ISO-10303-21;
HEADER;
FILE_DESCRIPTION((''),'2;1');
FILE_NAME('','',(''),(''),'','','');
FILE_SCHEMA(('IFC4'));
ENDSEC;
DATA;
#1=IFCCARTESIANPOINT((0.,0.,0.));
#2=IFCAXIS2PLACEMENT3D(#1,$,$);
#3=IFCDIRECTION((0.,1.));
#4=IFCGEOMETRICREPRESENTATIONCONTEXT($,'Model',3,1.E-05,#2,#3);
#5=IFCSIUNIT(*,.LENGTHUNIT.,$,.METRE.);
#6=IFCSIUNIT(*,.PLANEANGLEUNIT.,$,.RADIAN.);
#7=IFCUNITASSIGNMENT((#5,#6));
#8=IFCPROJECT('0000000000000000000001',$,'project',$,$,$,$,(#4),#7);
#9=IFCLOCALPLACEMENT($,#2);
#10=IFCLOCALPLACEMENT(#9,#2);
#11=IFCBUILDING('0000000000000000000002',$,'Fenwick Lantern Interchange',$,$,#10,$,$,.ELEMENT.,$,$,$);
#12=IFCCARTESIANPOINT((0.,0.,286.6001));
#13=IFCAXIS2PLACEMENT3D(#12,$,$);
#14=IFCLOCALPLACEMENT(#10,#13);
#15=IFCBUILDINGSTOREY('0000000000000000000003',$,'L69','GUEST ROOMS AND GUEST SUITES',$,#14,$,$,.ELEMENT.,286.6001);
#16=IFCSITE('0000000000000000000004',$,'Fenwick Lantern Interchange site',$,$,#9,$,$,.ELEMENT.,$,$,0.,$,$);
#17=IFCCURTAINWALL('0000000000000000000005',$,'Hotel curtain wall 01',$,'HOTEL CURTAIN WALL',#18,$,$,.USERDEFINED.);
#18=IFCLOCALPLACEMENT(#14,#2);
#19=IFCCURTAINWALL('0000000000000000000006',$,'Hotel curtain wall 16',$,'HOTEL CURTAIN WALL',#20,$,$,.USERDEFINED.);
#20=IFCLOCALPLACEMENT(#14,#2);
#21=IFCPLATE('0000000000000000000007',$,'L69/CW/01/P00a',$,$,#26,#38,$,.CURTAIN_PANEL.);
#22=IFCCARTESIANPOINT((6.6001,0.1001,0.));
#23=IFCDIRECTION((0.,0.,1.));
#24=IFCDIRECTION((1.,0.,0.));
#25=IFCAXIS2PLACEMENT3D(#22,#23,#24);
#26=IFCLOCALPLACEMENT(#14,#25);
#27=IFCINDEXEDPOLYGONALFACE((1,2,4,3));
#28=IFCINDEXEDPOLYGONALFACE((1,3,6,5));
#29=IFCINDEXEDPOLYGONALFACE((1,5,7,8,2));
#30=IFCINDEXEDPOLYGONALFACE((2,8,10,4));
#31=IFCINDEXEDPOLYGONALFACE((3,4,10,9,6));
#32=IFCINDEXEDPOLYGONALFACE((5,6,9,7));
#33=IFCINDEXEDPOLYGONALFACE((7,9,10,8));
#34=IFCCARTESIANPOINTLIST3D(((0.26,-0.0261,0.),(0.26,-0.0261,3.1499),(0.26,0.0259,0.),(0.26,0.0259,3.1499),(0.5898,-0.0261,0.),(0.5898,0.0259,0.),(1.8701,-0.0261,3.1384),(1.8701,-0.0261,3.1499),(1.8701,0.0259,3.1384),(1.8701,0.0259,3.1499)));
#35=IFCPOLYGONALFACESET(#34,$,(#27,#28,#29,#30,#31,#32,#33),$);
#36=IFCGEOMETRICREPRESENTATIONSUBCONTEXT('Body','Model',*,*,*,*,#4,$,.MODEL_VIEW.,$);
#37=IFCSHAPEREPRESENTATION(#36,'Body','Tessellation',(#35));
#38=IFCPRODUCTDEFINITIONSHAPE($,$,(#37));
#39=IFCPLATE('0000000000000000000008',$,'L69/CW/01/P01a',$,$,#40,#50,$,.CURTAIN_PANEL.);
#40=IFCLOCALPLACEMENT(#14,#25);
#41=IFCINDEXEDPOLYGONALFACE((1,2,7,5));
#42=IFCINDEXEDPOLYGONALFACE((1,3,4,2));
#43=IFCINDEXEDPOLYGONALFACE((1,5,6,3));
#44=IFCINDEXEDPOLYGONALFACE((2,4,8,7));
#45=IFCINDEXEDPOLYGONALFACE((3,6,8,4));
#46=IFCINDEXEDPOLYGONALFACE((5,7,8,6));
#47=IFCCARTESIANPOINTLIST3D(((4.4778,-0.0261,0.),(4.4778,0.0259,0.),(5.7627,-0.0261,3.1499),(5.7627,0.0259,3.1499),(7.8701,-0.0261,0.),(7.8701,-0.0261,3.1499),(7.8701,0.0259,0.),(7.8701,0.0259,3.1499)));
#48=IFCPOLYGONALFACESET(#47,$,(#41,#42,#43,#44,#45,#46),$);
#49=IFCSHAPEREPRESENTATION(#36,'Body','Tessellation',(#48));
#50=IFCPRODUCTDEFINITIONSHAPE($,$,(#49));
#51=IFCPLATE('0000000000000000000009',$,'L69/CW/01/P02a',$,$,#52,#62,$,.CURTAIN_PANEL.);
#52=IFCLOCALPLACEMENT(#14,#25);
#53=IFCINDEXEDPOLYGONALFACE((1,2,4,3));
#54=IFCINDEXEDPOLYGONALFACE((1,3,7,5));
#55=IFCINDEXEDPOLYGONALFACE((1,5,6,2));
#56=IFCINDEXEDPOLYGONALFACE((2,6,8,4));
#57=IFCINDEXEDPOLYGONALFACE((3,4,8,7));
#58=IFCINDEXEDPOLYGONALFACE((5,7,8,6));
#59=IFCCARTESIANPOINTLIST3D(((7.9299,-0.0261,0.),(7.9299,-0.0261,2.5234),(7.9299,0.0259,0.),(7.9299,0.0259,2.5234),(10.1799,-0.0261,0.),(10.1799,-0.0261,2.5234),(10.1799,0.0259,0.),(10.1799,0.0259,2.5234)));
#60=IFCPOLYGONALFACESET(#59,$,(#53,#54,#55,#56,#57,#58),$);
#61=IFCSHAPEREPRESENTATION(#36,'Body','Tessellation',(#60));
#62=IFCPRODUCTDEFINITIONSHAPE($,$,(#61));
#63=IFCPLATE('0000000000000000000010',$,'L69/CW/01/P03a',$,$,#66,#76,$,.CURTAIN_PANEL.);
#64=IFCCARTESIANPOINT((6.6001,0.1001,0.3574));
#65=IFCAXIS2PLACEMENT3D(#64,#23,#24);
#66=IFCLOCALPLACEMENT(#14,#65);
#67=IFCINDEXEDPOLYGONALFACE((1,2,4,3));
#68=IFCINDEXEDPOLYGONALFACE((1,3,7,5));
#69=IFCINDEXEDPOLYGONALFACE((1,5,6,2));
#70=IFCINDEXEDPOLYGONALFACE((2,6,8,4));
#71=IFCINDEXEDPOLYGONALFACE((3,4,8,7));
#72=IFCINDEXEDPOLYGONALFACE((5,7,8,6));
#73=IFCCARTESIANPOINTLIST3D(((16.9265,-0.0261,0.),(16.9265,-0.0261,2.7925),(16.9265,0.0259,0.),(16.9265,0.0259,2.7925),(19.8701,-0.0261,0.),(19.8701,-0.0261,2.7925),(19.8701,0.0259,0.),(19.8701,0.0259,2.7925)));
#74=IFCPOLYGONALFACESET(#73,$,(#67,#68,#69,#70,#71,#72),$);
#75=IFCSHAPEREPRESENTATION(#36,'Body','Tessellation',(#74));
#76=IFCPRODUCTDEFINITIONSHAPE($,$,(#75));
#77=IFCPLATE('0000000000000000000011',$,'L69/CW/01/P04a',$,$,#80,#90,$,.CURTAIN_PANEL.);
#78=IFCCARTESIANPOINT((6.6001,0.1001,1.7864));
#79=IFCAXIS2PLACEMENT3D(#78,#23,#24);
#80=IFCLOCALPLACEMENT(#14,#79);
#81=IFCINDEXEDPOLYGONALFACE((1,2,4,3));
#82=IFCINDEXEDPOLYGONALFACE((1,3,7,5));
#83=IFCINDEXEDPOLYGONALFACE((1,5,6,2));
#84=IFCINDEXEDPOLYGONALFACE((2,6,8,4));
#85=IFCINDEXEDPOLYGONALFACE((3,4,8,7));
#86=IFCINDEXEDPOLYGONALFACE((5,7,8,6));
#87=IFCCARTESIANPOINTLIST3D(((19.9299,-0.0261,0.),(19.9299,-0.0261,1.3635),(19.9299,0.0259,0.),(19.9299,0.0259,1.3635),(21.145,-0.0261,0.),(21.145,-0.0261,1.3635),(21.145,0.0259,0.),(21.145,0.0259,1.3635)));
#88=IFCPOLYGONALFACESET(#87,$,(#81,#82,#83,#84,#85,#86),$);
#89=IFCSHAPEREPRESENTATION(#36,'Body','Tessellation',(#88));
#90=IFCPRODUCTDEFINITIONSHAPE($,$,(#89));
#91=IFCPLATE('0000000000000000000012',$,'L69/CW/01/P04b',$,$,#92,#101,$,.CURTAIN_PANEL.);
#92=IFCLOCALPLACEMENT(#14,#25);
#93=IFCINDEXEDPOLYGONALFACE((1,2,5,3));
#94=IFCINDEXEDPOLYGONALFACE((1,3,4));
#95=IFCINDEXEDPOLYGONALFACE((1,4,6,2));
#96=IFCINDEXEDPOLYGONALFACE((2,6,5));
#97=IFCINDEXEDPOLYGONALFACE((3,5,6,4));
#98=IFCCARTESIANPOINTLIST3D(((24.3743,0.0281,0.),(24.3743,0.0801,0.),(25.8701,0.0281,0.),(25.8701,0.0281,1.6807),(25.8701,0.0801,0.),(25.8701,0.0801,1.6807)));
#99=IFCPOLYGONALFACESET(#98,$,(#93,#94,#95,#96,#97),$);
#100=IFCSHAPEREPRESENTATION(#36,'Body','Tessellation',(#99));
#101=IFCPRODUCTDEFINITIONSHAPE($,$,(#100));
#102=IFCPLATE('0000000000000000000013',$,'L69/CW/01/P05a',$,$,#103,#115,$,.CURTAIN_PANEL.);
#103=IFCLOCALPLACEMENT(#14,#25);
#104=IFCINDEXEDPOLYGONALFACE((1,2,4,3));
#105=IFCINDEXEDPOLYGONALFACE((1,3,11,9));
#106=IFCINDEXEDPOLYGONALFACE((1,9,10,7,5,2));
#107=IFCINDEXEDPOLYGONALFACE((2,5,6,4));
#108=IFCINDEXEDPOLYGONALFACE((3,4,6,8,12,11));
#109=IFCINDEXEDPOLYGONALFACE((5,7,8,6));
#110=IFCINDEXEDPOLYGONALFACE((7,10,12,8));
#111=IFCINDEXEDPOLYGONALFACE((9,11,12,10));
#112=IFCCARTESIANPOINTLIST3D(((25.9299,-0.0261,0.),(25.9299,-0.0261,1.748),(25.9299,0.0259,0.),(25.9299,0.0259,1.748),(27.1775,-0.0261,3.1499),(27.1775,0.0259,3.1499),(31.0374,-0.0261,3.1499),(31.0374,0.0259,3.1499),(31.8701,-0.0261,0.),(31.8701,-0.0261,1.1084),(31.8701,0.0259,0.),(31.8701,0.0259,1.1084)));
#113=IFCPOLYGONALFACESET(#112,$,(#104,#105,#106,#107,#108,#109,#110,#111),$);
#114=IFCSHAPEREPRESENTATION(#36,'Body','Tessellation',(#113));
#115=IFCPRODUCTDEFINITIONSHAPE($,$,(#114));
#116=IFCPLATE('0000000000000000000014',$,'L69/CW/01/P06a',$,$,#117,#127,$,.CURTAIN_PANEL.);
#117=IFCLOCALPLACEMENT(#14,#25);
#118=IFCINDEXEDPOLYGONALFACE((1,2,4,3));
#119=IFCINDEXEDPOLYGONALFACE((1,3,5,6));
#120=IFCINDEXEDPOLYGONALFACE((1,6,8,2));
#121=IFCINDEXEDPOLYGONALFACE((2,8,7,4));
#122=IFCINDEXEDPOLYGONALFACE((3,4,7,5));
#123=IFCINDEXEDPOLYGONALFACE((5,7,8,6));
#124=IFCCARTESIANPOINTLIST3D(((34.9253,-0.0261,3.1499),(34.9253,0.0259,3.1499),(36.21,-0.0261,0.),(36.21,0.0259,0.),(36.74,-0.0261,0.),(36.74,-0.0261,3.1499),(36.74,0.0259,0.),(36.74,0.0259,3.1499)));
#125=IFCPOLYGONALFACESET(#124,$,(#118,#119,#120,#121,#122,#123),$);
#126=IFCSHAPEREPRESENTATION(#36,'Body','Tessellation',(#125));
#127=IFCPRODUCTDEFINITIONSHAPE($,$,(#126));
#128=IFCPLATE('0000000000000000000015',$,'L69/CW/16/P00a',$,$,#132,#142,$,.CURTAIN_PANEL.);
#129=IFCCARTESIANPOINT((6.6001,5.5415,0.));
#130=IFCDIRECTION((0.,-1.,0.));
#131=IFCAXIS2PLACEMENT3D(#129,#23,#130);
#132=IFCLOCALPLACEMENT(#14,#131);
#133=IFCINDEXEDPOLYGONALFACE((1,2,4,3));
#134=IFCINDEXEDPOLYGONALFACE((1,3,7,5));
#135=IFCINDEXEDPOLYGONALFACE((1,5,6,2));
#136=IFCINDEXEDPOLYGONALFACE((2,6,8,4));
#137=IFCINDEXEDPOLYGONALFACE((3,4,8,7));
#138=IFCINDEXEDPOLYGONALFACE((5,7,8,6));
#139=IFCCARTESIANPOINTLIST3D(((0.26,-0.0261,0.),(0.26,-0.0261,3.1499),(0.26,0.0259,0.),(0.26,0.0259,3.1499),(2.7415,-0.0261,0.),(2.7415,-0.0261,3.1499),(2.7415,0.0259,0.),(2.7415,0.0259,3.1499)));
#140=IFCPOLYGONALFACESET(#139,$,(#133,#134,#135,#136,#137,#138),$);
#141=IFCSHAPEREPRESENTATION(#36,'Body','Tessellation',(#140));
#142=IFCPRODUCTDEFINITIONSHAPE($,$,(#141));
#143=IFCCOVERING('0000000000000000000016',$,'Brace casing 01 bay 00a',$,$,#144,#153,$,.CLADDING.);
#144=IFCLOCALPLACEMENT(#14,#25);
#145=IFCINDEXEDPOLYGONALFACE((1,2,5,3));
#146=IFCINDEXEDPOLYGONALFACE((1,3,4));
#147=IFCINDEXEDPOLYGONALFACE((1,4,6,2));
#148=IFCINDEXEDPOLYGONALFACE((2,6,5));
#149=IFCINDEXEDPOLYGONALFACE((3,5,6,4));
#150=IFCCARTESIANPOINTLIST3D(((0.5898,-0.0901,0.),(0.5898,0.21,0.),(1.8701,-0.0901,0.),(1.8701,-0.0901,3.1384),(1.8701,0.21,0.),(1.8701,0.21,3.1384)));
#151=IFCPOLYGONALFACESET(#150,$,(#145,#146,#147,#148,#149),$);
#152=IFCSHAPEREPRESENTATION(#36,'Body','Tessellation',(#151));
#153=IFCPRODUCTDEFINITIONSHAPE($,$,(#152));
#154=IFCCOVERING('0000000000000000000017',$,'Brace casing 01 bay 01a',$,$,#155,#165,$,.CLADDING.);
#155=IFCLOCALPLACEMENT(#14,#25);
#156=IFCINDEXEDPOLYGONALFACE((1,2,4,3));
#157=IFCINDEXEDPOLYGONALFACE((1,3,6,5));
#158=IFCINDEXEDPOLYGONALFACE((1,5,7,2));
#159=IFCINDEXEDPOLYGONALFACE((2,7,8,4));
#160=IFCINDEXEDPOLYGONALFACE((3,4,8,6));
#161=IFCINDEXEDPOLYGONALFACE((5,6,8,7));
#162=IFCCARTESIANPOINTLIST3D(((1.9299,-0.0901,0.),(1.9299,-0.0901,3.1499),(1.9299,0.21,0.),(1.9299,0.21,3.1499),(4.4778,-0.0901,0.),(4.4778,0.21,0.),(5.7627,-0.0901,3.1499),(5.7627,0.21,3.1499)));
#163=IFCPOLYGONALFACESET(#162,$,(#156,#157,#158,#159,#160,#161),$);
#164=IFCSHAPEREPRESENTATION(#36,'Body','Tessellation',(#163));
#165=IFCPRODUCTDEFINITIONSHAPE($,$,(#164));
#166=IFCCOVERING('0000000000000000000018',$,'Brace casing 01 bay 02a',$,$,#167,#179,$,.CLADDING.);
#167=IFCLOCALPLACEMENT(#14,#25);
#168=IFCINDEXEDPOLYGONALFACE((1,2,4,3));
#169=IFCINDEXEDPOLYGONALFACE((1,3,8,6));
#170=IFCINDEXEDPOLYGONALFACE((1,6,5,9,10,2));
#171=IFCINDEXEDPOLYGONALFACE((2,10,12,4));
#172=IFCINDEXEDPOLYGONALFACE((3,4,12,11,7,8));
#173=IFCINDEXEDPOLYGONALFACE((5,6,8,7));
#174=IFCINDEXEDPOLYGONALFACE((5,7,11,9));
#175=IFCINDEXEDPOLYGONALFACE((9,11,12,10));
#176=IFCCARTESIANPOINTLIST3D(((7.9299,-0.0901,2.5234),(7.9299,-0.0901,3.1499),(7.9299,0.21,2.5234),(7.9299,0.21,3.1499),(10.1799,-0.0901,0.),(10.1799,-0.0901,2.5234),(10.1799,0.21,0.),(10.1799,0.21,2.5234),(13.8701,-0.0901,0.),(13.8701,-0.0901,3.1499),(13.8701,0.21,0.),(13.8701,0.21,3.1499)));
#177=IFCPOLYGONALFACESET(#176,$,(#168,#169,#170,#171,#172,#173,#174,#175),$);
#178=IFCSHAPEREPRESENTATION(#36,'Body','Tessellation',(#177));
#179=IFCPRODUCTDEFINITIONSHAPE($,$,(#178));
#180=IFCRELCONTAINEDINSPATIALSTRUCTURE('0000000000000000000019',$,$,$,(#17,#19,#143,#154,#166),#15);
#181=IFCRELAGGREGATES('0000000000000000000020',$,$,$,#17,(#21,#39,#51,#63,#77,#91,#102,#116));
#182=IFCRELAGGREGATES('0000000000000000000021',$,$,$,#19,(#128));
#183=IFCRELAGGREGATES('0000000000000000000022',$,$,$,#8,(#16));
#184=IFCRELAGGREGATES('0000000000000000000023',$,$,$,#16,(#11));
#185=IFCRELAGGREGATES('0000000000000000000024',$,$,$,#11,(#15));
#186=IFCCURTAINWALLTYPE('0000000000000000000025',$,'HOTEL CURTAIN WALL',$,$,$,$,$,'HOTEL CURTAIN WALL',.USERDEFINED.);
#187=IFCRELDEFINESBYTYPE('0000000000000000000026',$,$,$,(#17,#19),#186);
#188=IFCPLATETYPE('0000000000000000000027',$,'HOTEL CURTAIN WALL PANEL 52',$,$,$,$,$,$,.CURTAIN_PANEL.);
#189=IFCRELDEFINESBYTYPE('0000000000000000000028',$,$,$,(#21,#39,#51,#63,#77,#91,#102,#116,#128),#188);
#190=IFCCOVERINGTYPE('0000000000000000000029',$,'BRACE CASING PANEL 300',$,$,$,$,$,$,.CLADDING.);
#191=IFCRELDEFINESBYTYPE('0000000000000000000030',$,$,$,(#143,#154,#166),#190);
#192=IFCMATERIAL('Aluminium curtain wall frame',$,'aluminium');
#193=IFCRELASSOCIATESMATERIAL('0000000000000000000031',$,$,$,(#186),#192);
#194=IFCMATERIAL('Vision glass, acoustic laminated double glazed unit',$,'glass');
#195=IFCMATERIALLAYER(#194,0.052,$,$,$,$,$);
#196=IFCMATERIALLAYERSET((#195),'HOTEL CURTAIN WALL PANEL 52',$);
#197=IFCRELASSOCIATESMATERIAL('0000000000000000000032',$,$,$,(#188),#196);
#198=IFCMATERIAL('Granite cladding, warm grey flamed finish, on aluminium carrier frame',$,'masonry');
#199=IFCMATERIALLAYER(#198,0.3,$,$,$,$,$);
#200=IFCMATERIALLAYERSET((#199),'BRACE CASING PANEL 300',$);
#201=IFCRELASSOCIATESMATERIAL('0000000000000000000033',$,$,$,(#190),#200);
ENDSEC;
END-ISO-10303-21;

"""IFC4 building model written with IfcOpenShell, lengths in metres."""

from ifc_helpers import new_model, si_unit, direction, frame, origin, place, context, subcontext, project, spatial, polyline, outline, extrude, material, layer, layer_set, type_object, element, aggregate, save


model = new_model("IFC4")

# Units and contexts
model_context = context("Model", 3, precision=1e-05, world=origin(), true_north=direction((0.0, 1.0)))
body_context = subcontext(model_context, "Body", "Model", "MODEL_VIEW")
ifc_project = project(units=[si_unit("LENGTHUNIT", "METRE"), si_unit("PLANEANGLEUNIT", "RADIAN")], contexts=[model_context])

# Site, building, storey
site_placement = place(None, origin())
site = spatial("IfcSite", under=ifc_project, at=site_placement, Name="Fenwick Lantern Interchange site", CompositionType="ELEMENT", RefElevation=0.0)
building_placement = place(site_placement, origin())
building = spatial("IfcBuilding", under=site, at=building_placement, Name="Fenwick Lantern Interchange", CompositionType="ELEMENT")
storey_placement = place(building_placement, frame((0.0, 0.0, 286.6001)))
storey = spatial("IfcBuildingStorey", under=building, at=storey_placement, Name="L69", Description="GUEST ROOMS AND GUEST SUITES", CompositionType="ELEMENT", Elevation=286.6001)

# Curtain wall
ifc_material_1 = material(Name="Aluminium curtain wall frame", Category="aluminium")
curtain_wall_type = type_object("IfcCurtainWallType", Name="HOTEL CURTAIN WALL", ElementType="HOTEL CURTAIN WALL", PredefinedType="USERDEFINED", material=ifc_material_1)
curtain_wall_1_placement = place(storey_placement, origin())
curtain_wall_1 = element("IfcCurtainWall", 1, at=curtain_wall_1_placement, inside=storey, type_object=curtain_wall_type, Name="Hotel curtain wall 01", ObjectType="HOTEL CURTAIN WALL", PredefinedType="USERDEFINED")

# Curtain wall
curtain_wall_2_placement = place(storey_placement, origin())
curtain_wall_2 = element("IfcCurtainWall", 2, at=curtain_wall_2_placement, inside=storey, type_object=curtain_wall_type, Name="Hotel curtain wall 16", ObjectType="HOTEL CURTAIN WALL", PredefinedType="USERDEFINED")

# Plates
ifc_material_2 = material(Name="Vision glass, acoustic laminated double glazed unit", Category="glass")
ifc_layer_1 = layer(ifc_material_2, 0.052)
ifc_layer_set_1 = layer_set([ifc_layer_1], Name="HOTEL CURTAIN WALL PANEL 52")
plate_type = type_object("IfcPlateType", Name="HOTEL CURTAIN WALL PANEL 52", PredefinedType="CURTAIN_PANEL", material=ifc_layer_set_1)
plate_1_placement = place(storey_placement, frame((6.6001, 0.1001, 0.0), z_axis=(0.0, 0.0, 1.0), x_axis=(1.0, 0.0, 0.0)))
plate_1 = element("IfcPlate", 3, at=plate_1_placement, type_object=plate_type, Name="L69/CW/01/P00a", PredefinedType="CURTAIN_PANEL", context=body_context, shape_type="SweptSolid", body=[
    extrude(outline(polyline([(0.26, 0.0), (0.5898, 0.0), (1.8701, 3.1384), (1.8701, 3.1499), (0.26, 3.1499), (0.26, 0.0)])), frame((0.0, 0.0259, 0.0), z_axis=(0.0, -1.0, 0.0), x_axis=(1.0, 0.0, 0.0)), (0.0, 0.0, 1.0), 0.052),
])
plate_2_placement = place(storey_placement, frame((6.6001, 0.1001, 0.0), z_axis=(0.0, 0.0, 1.0), x_axis=(1.0, 0.0, 0.0)))
plate_2 = element("IfcPlate", 4, at=plate_2_placement, type_object=plate_type, Name="L69/CW/01/P01a", PredefinedType="CURTAIN_PANEL", context=body_context, shape_type="SweptSolid", body=[
    extrude(outline(polyline([(4.4778, 0.0), (7.8701, 0.0), (7.8701, 3.1499), (5.7627, 3.1499), (4.4778, 0.0)])), frame((0.0, 0.0259, 0.0), z_axis=(0.0, -1.0, 0.0), x_axis=(1.0, 0.0, 0.0)), (0.0, 0.0, 1.0), 0.052),
])
plate_3_placement = place(storey_placement, frame((6.6001, 0.1001, 0.0), z_axis=(0.0, 0.0, 1.0), x_axis=(1.0, 0.0, 0.0)))
plate_3 = element("IfcPlate", 5, at=plate_3_placement, type_object=plate_type, Name="L69/CW/01/P02a", PredefinedType="CURTAIN_PANEL", context=body_context, shape_type="SweptSolid", body=[
    extrude(outline(polyline([(7.9299, 0.0), (10.1799, 0.0), (10.1799, 2.5234), (7.9299, 2.5234), (7.9299, 0.0)])), frame((0.0, 0.0259, 0.0), z_axis=(0.0, -1.0, 0.0), x_axis=(1.0, 0.0, 0.0)), (0.0, 0.0, 1.0), 0.052),
])
plate_4_placement = place(storey_placement, frame((6.6001, 0.1001, 0.3574), z_axis=(0.0, 0.0, 1.0), x_axis=(1.0, 0.0, 0.0)))
plate_4 = element("IfcPlate", 6, at=plate_4_placement, type_object=plate_type, Name="L69/CW/01/P03a", PredefinedType="CURTAIN_PANEL", context=body_context, shape_type="SweptSolid", body=[
    extrude(outline(polyline([(16.9265, 0.0), (19.8701, 0.0), (19.8701, 2.7925), (16.9265, 2.7925), (16.9265, 0.0)])), frame((0.0, 0.0259, 0.0), z_axis=(0.0, -1.0, 0.0), x_axis=(1.0, 0.0, 0.0)), (0.0, 0.0, 1.0), 0.052),
])
plate_5_placement = place(storey_placement, frame((6.6001, 0.1001, 1.7864), z_axis=(0.0, 0.0, 1.0), x_axis=(1.0, 0.0, 0.0)))
plate_5 = element("IfcPlate", 7, at=plate_5_placement, type_object=plate_type, Name="L69/CW/01/P04a", PredefinedType="CURTAIN_PANEL", context=body_context, shape_type="SweptSolid", body=[
    extrude(outline(polyline([(19.9299, 0.0), (21.145, 0.0), (21.145, 1.3635), (19.9299, 1.3635), (19.9299, 0.0)])), frame((0.0, 0.0259, 0.0), z_axis=(0.0, -1.0, 0.0), x_axis=(1.0, 0.0, 0.0)), (0.0, 0.0, 1.0), 0.052),
])
plate_6_placement = place(storey_placement, frame((6.6001, 0.1001, 0.0), z_axis=(0.0, 0.0, 1.0), x_axis=(1.0, 0.0, 0.0)))
plate_6 = element("IfcPlate", 8, at=plate_6_placement, type_object=plate_type, Name="L69/CW/01/P04b", PredefinedType="CURTAIN_PANEL", context=body_context, shape_type="SweptSolid", body=[
    extrude(outline(polyline([(24.3743, 0.0), (25.8701, 0.0), (25.8701, 1.6807), (24.3743, 0.0)])), frame((0.0, 0.0801, 0.0), z_axis=(0.0, -1.0, 0.0), x_axis=(1.0, 0.0, 0.0)), (0.0, 0.0, 1.0), 0.052),
])
plate_7_placement = place(storey_placement, frame((6.6001, 0.1001, 0.0), z_axis=(0.0, 0.0, 1.0), x_axis=(1.0, 0.0, 0.0)))
plate_7 = element("IfcPlate", 9, at=plate_7_placement, type_object=plate_type, Name="L69/CW/01/P05a", PredefinedType="CURTAIN_PANEL", context=body_context, shape_type="SweptSolid", body=[
    extrude(outline(polyline([(25.9299, 0.0), (31.8701, 0.0), (31.8701, 1.1084), (31.0374, 3.1499), (27.1775, 3.1499), (25.9299, 1.748), (25.9299, 0.0)])), frame((0.0, 0.0259, 0.0), z_axis=(0.0, -1.0, 0.0), x_axis=(1.0, 0.0, 0.0)), (0.0, 0.0, 1.0), 0.052),
])
plate_8_placement = place(storey_placement, frame((6.6001, 0.1001, 0.0), z_axis=(0.0, 0.0, 1.0), x_axis=(1.0, 0.0, 0.0)))
plate_8 = element("IfcPlate", 10, at=plate_8_placement, type_object=plate_type, Name="L69/CW/01/P06a", PredefinedType="CURTAIN_PANEL", context=body_context, shape_type="SweptSolid", body=[
    extrude(outline(polyline([(36.21, 0.0), (36.74, 0.0), (36.74, 3.1499), (34.9253, 3.1499), (36.21, 0.0)])), frame((0.0, 0.0259, 0.0), z_axis=(0.0, -1.0, 0.0), x_axis=(1.0, 0.0, 0.0)), (0.0, 0.0, 1.0), 0.052),
])
aggregate(curtain_wall_1, [plate_1, plate_2, plate_3, plate_4, plate_5, plate_6, plate_7, plate_8])
plate_9_placement = place(storey_placement, frame((6.6001, 5.5415, 0.0), z_axis=(0.0, 0.0, 1.0), x_axis=(0.0, -1.0, 0.0)))
plate_9 = element("IfcPlate", 11, at=plate_9_placement, type_object=plate_type, Name="L69/CW/16/P00a", PredefinedType="CURTAIN_PANEL", context=body_context, shape_type="SweptSolid", body=[
    extrude(outline(polyline([(0.26, 0.0), (2.7415, 0.0), (2.7415, 3.1499), (0.26, 3.1499), (0.26, 0.0)])), frame((0.0, 0.0259, 0.0), z_axis=(0.0, -1.0, 0.0), x_axis=(1.0, 0.0, 0.0)), (0.0, 0.0, 1.0), 0.052),
])
aggregate(curtain_wall_2, [plate_9])

# Coverings
ifc_material_3 = material(Name="Granite cladding, warm grey flamed finish, on aluminium carrier frame", Category="masonry")
ifc_layer_2 = layer(ifc_material_3, 0.3)
ifc_layer_set_2 = layer_set([ifc_layer_2], Name="BRACE CASING PANEL 300")
covering_type_1 = type_object("IfcCoveringType", Name="BRACE CASING PANEL 300", PredefinedType="CLADDING", material=ifc_layer_set_2)
covering_1_placement = place(storey_placement, frame((6.6001, 0.1001, 0.0), z_axis=(0.0, 0.0, 1.0), x_axis=(1.0, 0.0, 0.0)))
element("IfcCovering", 12, at=covering_1_placement, inside=storey, type_object=covering_type_1, Name="Brace casing 01 bay 00a", PredefinedType="CLADDING", context=body_context, shape_type="SweptSolid", body=[
    extrude(outline(polyline([(0.5898, 0.0), (1.8701, 0.0), (1.8701, 3.1384), (0.5898, 0.0)])), frame((0.0, 0.21, 0.0), z_axis=(0.0, -1.0, 0.0), x_axis=(1.0, 0.0, 0.0)), (0.0, 0.0, 1.0), 0.3),
])
covering_2_placement = place(storey_placement, frame((6.6001, 0.1001, 0.0), z_axis=(0.0, 0.0, 1.0), x_axis=(1.0, 0.0, 0.0)))
element("IfcCovering", 13, at=covering_2_placement, inside=storey, type_object=covering_type_1, Name="Brace casing 01 bay 01a", PredefinedType="CLADDING", context=body_context, shape_type="SweptSolid", body=[
    extrude(outline(polyline([(1.9299, 0.0), (4.4778, 0.0), (5.7627, 3.1499), (1.9299, 3.1499), (1.9299, 0.0)])), frame((0.0, 0.21, 0.0), z_axis=(0.0, -1.0, 0.0), x_axis=(1.0, 0.0, 0.0)), (0.0, 0.0, 1.0), 0.3),
])
covering_3_placement = place(storey_placement, frame((6.6001, 0.1001, 0.0), z_axis=(0.0, 0.0, 1.0), x_axis=(1.0, 0.0, 0.0)))
element("IfcCovering", 14, at=covering_3_placement, inside=storey, type_object=covering_type_1, Name="Brace casing 01 bay 02a", PredefinedType="CLADDING", context=body_context, shape_type="SweptSolid", body=[
    extrude(outline(polyline([(10.1799, 0.0), (13.8701, 0.0), (13.8701, 3.1499), (7.9299, 3.1499), (7.9299, 2.5234), (10.1799, 2.5234), (10.1799, 0.0)])), frame((0.0, 0.21, 0.0), z_axis=(0.0, -1.0, 0.0), x_axis=(1.0, 0.0, 0.0)), (0.0, 0.0, 1.0), 0.3),
])

save(model, "model.ifc")
